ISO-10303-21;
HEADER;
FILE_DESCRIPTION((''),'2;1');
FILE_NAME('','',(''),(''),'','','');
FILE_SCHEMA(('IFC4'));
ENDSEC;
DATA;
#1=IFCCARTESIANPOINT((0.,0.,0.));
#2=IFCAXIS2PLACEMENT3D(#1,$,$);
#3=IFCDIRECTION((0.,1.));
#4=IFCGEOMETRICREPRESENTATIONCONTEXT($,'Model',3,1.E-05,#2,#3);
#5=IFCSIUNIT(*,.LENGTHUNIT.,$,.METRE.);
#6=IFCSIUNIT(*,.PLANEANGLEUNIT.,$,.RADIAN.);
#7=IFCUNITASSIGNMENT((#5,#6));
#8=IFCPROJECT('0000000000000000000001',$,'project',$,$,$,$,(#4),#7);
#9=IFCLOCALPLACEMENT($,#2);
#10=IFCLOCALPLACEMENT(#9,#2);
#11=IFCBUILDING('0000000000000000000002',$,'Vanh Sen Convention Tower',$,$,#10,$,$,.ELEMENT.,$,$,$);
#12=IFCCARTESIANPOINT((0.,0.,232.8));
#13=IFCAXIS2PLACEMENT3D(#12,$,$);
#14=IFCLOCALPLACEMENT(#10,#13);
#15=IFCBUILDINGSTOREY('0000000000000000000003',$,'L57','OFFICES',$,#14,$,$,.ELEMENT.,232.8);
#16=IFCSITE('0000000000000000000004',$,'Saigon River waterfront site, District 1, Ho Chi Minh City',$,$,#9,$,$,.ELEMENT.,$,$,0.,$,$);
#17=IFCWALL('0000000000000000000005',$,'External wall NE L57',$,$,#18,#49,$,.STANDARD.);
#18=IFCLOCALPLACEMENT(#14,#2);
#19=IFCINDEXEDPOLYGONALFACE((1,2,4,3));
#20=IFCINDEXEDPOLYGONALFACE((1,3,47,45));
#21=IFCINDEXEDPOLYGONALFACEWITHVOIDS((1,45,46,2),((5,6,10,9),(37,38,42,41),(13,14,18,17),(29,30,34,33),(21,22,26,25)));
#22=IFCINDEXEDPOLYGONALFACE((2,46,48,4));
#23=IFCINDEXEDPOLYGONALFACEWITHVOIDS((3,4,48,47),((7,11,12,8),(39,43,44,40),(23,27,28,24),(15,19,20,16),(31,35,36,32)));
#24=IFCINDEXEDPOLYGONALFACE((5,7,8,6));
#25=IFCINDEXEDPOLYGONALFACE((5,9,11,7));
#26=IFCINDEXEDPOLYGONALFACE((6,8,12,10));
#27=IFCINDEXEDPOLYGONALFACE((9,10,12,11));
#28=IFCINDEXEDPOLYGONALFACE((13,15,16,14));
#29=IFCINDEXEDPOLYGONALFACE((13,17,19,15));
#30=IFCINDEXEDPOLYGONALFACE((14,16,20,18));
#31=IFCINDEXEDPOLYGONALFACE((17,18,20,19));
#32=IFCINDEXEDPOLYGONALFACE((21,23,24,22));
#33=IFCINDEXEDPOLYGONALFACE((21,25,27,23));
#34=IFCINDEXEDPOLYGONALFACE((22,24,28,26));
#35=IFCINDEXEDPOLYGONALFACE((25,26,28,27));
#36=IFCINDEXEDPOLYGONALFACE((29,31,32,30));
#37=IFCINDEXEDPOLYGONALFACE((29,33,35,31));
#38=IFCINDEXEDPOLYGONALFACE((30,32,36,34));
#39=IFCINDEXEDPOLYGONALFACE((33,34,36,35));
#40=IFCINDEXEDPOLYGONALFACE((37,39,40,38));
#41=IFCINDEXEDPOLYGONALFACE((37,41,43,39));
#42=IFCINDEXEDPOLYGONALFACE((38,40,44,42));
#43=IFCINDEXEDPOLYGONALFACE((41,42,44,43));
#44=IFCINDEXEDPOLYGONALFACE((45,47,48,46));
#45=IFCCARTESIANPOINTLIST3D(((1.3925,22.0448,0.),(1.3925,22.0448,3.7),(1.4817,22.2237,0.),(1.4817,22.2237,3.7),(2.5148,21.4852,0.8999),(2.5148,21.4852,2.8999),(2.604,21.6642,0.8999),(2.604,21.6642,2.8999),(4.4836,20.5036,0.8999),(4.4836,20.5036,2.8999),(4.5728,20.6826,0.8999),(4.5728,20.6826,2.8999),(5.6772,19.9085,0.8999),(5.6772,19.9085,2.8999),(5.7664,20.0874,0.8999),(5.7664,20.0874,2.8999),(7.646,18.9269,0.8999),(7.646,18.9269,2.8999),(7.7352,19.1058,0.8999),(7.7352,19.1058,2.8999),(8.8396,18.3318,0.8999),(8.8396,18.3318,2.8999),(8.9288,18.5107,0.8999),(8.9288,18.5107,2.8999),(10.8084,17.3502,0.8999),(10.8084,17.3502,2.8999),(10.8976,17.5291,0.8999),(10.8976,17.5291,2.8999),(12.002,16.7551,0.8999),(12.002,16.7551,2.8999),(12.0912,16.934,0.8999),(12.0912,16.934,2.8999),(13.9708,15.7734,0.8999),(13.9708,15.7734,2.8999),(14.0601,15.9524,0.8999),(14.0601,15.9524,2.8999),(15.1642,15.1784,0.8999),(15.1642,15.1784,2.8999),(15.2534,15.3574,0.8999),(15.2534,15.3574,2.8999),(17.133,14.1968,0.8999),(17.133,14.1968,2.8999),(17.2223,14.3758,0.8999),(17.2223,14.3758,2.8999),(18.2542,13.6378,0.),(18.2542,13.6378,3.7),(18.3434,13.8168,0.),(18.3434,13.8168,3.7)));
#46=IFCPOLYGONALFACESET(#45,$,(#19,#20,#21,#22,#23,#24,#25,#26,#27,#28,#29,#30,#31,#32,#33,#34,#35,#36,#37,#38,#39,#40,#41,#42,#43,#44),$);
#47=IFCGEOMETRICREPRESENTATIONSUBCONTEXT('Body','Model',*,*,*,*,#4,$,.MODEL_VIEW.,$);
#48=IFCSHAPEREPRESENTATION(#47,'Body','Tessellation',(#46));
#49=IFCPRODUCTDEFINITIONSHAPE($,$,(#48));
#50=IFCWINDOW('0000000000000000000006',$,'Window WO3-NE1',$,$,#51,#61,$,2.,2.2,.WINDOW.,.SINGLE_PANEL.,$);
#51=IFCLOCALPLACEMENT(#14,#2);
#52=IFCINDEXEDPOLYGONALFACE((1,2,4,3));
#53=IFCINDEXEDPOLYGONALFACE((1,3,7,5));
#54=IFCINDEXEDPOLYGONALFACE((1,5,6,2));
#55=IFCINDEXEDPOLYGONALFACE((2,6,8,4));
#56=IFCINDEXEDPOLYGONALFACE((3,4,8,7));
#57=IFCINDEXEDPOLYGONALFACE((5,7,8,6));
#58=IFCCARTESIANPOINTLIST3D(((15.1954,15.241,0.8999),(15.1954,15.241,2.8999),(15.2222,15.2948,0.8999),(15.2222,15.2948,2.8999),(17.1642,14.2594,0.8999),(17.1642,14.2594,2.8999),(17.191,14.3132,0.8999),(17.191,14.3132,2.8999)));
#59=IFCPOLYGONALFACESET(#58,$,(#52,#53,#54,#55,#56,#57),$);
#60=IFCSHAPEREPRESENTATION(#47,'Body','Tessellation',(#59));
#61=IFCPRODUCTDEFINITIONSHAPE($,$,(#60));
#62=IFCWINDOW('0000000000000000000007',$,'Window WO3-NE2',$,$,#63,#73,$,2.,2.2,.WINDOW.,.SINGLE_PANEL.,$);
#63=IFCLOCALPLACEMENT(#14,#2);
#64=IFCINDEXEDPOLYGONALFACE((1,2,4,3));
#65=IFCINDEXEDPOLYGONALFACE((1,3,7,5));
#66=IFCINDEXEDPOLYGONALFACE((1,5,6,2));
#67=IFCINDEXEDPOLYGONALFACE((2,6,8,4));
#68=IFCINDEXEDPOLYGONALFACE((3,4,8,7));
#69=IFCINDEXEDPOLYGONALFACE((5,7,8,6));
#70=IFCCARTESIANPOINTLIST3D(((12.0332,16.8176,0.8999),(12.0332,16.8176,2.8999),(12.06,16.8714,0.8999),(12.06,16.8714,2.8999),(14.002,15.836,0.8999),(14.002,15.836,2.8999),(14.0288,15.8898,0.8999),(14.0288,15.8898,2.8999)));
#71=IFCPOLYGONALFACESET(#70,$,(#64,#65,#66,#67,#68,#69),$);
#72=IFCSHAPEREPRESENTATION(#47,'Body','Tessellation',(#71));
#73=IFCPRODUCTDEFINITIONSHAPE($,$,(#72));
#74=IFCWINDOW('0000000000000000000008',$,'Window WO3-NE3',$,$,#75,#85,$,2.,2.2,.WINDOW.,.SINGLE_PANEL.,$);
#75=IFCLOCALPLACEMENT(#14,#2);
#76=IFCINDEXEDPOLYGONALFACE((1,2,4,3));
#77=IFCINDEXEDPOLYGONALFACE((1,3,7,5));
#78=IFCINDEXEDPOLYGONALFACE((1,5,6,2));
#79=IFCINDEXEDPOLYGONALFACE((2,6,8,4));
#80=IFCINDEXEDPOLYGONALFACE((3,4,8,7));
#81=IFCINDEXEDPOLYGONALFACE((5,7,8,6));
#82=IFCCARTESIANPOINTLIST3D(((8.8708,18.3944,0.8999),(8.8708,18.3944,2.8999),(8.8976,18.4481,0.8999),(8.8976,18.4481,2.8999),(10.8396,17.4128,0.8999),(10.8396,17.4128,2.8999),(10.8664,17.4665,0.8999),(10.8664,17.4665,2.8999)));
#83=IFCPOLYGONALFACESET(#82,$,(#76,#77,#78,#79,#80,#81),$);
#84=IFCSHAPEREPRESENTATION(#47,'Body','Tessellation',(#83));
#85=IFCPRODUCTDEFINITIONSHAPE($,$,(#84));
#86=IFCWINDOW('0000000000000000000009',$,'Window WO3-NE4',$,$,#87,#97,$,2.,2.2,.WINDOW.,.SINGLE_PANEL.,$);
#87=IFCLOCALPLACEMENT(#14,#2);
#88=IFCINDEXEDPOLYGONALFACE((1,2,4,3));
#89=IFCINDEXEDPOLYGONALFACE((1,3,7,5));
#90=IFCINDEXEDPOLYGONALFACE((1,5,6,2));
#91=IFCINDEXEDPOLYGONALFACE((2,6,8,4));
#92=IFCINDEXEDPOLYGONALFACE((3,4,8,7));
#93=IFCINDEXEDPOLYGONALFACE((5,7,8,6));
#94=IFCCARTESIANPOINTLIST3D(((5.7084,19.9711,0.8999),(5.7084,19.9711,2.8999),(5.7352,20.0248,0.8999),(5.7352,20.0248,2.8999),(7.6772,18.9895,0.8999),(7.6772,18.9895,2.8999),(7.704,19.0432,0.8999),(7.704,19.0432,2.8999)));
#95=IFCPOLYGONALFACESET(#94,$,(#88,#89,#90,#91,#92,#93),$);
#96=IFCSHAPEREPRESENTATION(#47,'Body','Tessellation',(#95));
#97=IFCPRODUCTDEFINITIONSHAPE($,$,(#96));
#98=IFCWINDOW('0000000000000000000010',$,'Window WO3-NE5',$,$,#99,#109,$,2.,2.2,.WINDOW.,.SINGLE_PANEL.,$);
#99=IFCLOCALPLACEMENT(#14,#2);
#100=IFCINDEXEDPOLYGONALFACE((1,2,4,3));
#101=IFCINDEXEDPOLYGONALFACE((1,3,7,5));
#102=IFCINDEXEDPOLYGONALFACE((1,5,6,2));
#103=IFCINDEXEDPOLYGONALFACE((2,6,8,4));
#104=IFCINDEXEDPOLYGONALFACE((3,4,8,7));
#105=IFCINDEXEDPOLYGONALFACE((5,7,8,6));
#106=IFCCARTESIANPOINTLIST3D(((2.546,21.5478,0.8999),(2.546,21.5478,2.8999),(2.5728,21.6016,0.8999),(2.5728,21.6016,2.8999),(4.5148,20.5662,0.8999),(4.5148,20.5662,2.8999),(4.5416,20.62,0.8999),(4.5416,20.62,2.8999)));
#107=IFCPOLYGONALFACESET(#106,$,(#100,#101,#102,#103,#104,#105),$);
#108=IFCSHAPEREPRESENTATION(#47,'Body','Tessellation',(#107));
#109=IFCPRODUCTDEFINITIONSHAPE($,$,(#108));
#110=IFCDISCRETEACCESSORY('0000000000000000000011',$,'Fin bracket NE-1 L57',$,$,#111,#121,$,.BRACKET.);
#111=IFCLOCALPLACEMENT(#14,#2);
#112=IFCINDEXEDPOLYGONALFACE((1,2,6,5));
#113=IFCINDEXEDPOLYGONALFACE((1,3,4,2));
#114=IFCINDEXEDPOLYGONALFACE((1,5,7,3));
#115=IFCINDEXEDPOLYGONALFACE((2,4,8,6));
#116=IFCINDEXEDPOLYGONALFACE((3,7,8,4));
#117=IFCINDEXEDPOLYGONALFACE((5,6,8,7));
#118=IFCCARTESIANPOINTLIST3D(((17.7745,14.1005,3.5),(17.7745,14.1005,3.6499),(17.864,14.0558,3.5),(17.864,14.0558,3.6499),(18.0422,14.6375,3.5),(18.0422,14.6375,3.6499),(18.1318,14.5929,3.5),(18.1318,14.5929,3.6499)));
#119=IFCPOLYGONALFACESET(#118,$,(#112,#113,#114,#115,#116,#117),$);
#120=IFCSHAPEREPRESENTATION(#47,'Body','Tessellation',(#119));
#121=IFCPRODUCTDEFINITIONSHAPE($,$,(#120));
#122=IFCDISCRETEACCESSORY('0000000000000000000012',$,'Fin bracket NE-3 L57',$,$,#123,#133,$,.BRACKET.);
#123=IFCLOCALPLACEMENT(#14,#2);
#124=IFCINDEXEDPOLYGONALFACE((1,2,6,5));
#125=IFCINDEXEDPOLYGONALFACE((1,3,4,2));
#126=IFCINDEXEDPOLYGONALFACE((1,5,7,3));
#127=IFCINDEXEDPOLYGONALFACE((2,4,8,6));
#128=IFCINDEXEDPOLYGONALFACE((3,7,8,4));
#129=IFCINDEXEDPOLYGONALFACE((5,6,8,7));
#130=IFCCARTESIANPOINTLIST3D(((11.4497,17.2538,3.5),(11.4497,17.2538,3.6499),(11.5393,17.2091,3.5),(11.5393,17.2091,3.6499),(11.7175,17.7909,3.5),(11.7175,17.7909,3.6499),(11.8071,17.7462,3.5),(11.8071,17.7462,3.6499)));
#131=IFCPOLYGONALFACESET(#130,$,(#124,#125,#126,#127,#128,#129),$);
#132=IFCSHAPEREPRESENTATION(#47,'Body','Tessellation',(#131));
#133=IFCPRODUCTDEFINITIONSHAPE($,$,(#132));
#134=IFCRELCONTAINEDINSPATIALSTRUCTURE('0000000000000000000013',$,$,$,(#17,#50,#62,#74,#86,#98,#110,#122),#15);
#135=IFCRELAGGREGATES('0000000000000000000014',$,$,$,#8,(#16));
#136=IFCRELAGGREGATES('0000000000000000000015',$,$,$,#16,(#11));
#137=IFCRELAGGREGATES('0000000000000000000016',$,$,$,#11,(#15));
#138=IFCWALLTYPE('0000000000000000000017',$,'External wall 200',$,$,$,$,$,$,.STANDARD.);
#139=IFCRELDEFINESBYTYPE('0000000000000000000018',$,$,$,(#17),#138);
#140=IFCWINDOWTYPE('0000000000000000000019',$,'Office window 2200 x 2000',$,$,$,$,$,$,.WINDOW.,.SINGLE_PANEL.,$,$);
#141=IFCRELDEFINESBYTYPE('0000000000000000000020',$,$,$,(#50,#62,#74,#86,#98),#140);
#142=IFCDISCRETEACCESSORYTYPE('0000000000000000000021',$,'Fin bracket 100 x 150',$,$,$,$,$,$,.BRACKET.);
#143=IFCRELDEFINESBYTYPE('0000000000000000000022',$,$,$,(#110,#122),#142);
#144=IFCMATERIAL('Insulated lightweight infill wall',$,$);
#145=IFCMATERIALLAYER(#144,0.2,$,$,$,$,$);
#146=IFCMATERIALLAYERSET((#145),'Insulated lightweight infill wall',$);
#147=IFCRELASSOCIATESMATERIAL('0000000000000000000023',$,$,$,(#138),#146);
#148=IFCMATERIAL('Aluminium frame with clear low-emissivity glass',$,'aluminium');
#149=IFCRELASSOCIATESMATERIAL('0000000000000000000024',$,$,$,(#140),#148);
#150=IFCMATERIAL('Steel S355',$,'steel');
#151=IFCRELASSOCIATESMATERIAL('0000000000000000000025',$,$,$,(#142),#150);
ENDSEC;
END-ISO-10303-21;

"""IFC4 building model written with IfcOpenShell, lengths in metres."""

from ifc_helpers import new_model, si_unit, direction, frame, frame_2d, origin, origin_2d, place, context, subcontext, project, spatial, rectangle, extrude, material, layer, layer_set, type_object, element, fill, save


model = new_model("IFC4")

# Units and contexts
model_context = context("Model", 3, precision=1e-05, world=origin(), true_north=direction((0.0, 1.0)))
body_context = subcontext(model_context, "Body", "Model", "MODEL_VIEW")
ifc_project = project(units=[si_unit("LENGTHUNIT", "METRE"), si_unit("PLANEANGLEUNIT", "RADIAN")], contexts=[model_context])

# Site, building, storey
site_placement = place(None, origin())
site = spatial("IfcSite", under=ifc_project, at=site_placement, Name="Saigon River waterfront site, District 1, Ho Chi Minh City", CompositionType="ELEMENT", RefElevation=0.0)
building_placement = place(site_placement, origin())
building = spatial("IfcBuilding", under=site, at=building_placement, Name="Vanh Sen Convention Tower", CompositionType="ELEMENT")
storey_placement = place(building_placement, frame((0.0, 0.0, 232.8)))
storey = spatial("IfcBuildingStorey", under=building, at=storey_placement, Name="L57", Description="OFFICES", CompositionType="ELEMENT", Elevation=232.8)

# Wall, openings, windows
ifc_material_1 = material(Name="Insulated lightweight infill wall")
ifc_layer_1 = layer(ifc_material_1, 0.2)
ifc_layer_set_1 = layer_set([ifc_layer_1], Name="Insulated lightweight infill wall")
wall_type_1 = type_object("IfcWallType", Name="External wall 200", PredefinedType="STANDARD", material=ifc_layer_set_1)
wall_1_placement = place(storey_placement, frame((18.2988, 13.7273, 0.0), z_axis=(0.0, 0.0, 1.0), x_axis=(-0.894935, 0.446197, 0.0)))
wall_1 = element("IfcWall", 1, at=wall_1_placement, inside=storey, type_object=wall_type_1, Name="External wall NE L57", PredefinedType="STANDARD", context=body_context, shape_type="SweptSolid", body=[
    extrude(rectangle(XDim=18.8413, YDim=0.2, at=frame_2d((9.4207, 0.0))), origin(), (0.0, 0.0, 1.0), 3.7),
])
opening_1_placement = place(wall_1_placement, frame((1.2527, 0.0, 0.8999)))
opening_1 = element("IfcOpeningElement", 2, at=opening_1_placement, cuts=wall_1, PredefinedType="OPENING", context=body_context, shape_type="SweptSolid", body=[
    extrude(rectangle(XDim=2.2, YDim=2.0, at=frame_2d((1.1001, 1.0))), frame((0.0, 0.1099, 0.0), z_axis=(0.0, -1.0, 0.0), x_axis=(1.0, 0.0, 0.0)), (0.0, 0.0, 1.0), 0.22),
])
opening_2_placement = place(wall_1_placement, frame((4.7861, 0.0, 0.8999)))
opening_2 = element("IfcOpeningElement", 3, at=opening_2_placement, cuts=wall_1, PredefinedType="OPENING", context=body_context, shape_type="SweptSolid", body=[
    extrude(rectangle(XDim=2.2, YDim=2.0, at=frame_2d((1.1001, 1.0))), frame((0.0, 0.1099, 0.0), z_axis=(0.0, -1.0, 0.0), x_axis=(1.0, 0.0, 0.0)), (0.0, 0.0, 1.0), 0.22),
])
opening_3_placement = place(wall_1_placement, frame((8.3198, 0.0, 0.8999)))
opening_3 = element("IfcOpeningElement", 4, at=opening_3_placement, cuts=wall_1, PredefinedType="OPENING", context=body_context, shape_type="SweptSolid", body=[
    extrude(rectangle(XDim=2.2, YDim=2.0, at=frame_2d((1.1001, 1.0))), frame((0.0, 0.1099, 0.0), z_axis=(0.0, -1.0, 0.0), x_axis=(1.0, 0.0, 0.0)), (0.0, 0.0, 1.0), 0.22),
])
opening_4_placement = place(wall_1_placement, frame((11.8535, 0.0, 0.8999)))
opening_4 = element("IfcOpeningElement", 5, at=opening_4_placement, cuts=wall_1, PredefinedType="OPENING", context=body_context, shape_type="SweptSolid", body=[
    extrude(rectangle(XDim=2.2, YDim=2.0, at=frame_2d((1.1001, 1.0))), frame((0.0, 0.1099, 0.0), z_axis=(0.0, -1.0, 0.0), x_axis=(1.0, 0.0, 0.0)), (0.0, 0.0, 1.0), 0.22),
])
opening_5_placement = place(wall_1_placement, frame((15.3872, 0.0, 0.8999)))
opening_5 = element("IfcOpeningElement", 6, at=opening_5_placement, cuts=wall_1, PredefinedType="OPENING", context=body_context, shape_type="SweptSolid", body=[
    extrude(rectangle(XDim=2.2, YDim=2.0, at=frame_2d((1.1001, 1.0))), frame((0.0, 0.1099, 0.0), z_axis=(0.0, -1.0, 0.0), x_axis=(1.0, 0.0, 0.0)), (0.0, 0.0, 1.0), 0.22),
])
ifc_material_2 = material(Name="Aluminium frame with clear low-emissivity glass", Category="aluminium")
window_type = type_object("IfcWindowType", Name="Office window 2200 x 2000", PartitioningType="SINGLE_PANEL", PredefinedType="WINDOW", material=ifc_material_2)
window_1_placement = place(opening_1_placement, origin())
window_1 = element("IfcWindow", 7, at=window_1_placement, inside=storey, type_object=window_type, Name="Window WO3-NE1", OverallHeight=2.0, OverallWidth=2.2, PartitioningType="SINGLE_PANEL", PredefinedType="WINDOW", context=body_context, shape_type="SweptSolid", body=[
    extrude(rectangle(XDim=2.2, YDim=2.0, at=frame_2d((1.1001, 1.0))), frame((0.0, 0.03, 0.0), z_axis=(0.0, -1.0, 0.0), x_axis=(1.0, 0.0, 0.0)), (0.0, 0.0, 1.0), 0.0601),
])
fill(opening_1, window_1)
window_2_placement = place(opening_2_placement, origin())
window_2 = element("IfcWindow", 8, at=window_2_placement, inside=storey, type_object=window_type, Name="Window WO3-NE2", OverallHeight=2.0, OverallWidth=2.2, PartitioningType="SINGLE_PANEL", PredefinedType="WINDOW", context=body_context, shape_type="SweptSolid", body=[
    extrude(rectangle(XDim=2.2, YDim=2.0, at=frame_2d((1.1001, 1.0))), frame((0.0, 0.03, 0.0), z_axis=(0.0, -1.0, 0.0), x_axis=(1.0, 0.0, 0.0)), (0.0, 0.0, 1.0), 0.0601),
])
fill(opening_2, window_2)
window_3_placement = place(opening_3_placement, origin())
window_3 = element("IfcWindow", 9, at=window_3_placement, inside=storey, type_object=window_type, Name="Window WO3-NE3", OverallHeight=2.0, OverallWidth=2.2, PartitioningType="SINGLE_PANEL", PredefinedType="WINDOW", context=body_context, shape_type="SweptSolid", body=[
    extrude(rectangle(XDim=2.2, YDim=2.0, at=frame_2d((1.1001, 1.0))), frame((0.0, 0.03, 0.0), z_axis=(0.0, -1.0, 0.0), x_axis=(1.0, 0.0, 0.0)), (0.0, 0.0, 1.0), 0.0601),
])
fill(opening_3, window_3)
window_4_placement = place(opening_4_placement, origin())
window_4 = element("IfcWindow", 10, at=window_4_placement, inside=storey, type_object=window_type, Name="Window WO3-NE4", OverallHeight=2.0, OverallWidth=2.2, PartitioningType="SINGLE_PANEL", PredefinedType="WINDOW", context=body_context, shape_type="SweptSolid", body=[
    extrude(rectangle(XDim=2.2, YDim=2.0, at=frame_2d((1.1001, 1.0))), frame((0.0, 0.03, 0.0), z_axis=(0.0, -1.0, 0.0), x_axis=(1.0, 0.0, 0.0)), (0.0, 0.0, 1.0), 0.0601),
])
fill(opening_4, window_4)
window_5_placement = place(opening_5_placement, origin())
window_5 = element("IfcWindow", 11, at=window_5_placement, inside=storey, type_object=window_type, Name="Window WO3-NE5", OverallHeight=2.0, OverallWidth=2.2, PartitioningType="SINGLE_PANEL", PredefinedType="WINDOW", context=body_context, shape_type="SweptSolid", body=[
    extrude(rectangle(XDim=2.2, YDim=2.0, at=frame_2d((1.1001, 1.0))), frame((0.0, 0.03, 0.0), z_axis=(0.0, -1.0, 0.0), x_axis=(1.0, 0.0, 0.0)), (0.0, 0.0, 1.0), 0.0601),
])
fill(opening_5, window_5)

# Discrete accessories
ifc_material_3 = material(Name="Steel S355", Category="steel")
discrete_accessory_type = type_object("IfcDiscreteAccessoryType", Name="Fin bracket 100 x 150", PredefinedType="BRACKET", material=ifc_material_3)
for number, where, z_axis, x_axis, name in (
    (12, (17.9531, 14.3467, 3.5), (0.0, 0.0, 1.0), (0.446198, 0.894934, 0.0), "Fin bracket NE-1 L57"),
    (13, (11.6284, 17.5, 3.5), (0.0, 0.0, 1.0), (0.446198, 0.894934, 0.0), "Fin bracket NE-3 L57"),
):
    element("IfcDiscreteAccessory", number, at=place(storey_placement, frame(where, z_axis=z_axis, x_axis=x_axis)), inside=storey, type_object=discrete_accessory_type, Name=name, PredefinedType="BRACKET", context=body_context, shape_type="SweptSolid", body=[
        extrude(rectangle(XDim=0.6001, YDim=0.1001, at=origin_2d()), origin(), (0.0, 0.0, 1.0), 0.1499),
    ])

save(model, "model.ifc")
